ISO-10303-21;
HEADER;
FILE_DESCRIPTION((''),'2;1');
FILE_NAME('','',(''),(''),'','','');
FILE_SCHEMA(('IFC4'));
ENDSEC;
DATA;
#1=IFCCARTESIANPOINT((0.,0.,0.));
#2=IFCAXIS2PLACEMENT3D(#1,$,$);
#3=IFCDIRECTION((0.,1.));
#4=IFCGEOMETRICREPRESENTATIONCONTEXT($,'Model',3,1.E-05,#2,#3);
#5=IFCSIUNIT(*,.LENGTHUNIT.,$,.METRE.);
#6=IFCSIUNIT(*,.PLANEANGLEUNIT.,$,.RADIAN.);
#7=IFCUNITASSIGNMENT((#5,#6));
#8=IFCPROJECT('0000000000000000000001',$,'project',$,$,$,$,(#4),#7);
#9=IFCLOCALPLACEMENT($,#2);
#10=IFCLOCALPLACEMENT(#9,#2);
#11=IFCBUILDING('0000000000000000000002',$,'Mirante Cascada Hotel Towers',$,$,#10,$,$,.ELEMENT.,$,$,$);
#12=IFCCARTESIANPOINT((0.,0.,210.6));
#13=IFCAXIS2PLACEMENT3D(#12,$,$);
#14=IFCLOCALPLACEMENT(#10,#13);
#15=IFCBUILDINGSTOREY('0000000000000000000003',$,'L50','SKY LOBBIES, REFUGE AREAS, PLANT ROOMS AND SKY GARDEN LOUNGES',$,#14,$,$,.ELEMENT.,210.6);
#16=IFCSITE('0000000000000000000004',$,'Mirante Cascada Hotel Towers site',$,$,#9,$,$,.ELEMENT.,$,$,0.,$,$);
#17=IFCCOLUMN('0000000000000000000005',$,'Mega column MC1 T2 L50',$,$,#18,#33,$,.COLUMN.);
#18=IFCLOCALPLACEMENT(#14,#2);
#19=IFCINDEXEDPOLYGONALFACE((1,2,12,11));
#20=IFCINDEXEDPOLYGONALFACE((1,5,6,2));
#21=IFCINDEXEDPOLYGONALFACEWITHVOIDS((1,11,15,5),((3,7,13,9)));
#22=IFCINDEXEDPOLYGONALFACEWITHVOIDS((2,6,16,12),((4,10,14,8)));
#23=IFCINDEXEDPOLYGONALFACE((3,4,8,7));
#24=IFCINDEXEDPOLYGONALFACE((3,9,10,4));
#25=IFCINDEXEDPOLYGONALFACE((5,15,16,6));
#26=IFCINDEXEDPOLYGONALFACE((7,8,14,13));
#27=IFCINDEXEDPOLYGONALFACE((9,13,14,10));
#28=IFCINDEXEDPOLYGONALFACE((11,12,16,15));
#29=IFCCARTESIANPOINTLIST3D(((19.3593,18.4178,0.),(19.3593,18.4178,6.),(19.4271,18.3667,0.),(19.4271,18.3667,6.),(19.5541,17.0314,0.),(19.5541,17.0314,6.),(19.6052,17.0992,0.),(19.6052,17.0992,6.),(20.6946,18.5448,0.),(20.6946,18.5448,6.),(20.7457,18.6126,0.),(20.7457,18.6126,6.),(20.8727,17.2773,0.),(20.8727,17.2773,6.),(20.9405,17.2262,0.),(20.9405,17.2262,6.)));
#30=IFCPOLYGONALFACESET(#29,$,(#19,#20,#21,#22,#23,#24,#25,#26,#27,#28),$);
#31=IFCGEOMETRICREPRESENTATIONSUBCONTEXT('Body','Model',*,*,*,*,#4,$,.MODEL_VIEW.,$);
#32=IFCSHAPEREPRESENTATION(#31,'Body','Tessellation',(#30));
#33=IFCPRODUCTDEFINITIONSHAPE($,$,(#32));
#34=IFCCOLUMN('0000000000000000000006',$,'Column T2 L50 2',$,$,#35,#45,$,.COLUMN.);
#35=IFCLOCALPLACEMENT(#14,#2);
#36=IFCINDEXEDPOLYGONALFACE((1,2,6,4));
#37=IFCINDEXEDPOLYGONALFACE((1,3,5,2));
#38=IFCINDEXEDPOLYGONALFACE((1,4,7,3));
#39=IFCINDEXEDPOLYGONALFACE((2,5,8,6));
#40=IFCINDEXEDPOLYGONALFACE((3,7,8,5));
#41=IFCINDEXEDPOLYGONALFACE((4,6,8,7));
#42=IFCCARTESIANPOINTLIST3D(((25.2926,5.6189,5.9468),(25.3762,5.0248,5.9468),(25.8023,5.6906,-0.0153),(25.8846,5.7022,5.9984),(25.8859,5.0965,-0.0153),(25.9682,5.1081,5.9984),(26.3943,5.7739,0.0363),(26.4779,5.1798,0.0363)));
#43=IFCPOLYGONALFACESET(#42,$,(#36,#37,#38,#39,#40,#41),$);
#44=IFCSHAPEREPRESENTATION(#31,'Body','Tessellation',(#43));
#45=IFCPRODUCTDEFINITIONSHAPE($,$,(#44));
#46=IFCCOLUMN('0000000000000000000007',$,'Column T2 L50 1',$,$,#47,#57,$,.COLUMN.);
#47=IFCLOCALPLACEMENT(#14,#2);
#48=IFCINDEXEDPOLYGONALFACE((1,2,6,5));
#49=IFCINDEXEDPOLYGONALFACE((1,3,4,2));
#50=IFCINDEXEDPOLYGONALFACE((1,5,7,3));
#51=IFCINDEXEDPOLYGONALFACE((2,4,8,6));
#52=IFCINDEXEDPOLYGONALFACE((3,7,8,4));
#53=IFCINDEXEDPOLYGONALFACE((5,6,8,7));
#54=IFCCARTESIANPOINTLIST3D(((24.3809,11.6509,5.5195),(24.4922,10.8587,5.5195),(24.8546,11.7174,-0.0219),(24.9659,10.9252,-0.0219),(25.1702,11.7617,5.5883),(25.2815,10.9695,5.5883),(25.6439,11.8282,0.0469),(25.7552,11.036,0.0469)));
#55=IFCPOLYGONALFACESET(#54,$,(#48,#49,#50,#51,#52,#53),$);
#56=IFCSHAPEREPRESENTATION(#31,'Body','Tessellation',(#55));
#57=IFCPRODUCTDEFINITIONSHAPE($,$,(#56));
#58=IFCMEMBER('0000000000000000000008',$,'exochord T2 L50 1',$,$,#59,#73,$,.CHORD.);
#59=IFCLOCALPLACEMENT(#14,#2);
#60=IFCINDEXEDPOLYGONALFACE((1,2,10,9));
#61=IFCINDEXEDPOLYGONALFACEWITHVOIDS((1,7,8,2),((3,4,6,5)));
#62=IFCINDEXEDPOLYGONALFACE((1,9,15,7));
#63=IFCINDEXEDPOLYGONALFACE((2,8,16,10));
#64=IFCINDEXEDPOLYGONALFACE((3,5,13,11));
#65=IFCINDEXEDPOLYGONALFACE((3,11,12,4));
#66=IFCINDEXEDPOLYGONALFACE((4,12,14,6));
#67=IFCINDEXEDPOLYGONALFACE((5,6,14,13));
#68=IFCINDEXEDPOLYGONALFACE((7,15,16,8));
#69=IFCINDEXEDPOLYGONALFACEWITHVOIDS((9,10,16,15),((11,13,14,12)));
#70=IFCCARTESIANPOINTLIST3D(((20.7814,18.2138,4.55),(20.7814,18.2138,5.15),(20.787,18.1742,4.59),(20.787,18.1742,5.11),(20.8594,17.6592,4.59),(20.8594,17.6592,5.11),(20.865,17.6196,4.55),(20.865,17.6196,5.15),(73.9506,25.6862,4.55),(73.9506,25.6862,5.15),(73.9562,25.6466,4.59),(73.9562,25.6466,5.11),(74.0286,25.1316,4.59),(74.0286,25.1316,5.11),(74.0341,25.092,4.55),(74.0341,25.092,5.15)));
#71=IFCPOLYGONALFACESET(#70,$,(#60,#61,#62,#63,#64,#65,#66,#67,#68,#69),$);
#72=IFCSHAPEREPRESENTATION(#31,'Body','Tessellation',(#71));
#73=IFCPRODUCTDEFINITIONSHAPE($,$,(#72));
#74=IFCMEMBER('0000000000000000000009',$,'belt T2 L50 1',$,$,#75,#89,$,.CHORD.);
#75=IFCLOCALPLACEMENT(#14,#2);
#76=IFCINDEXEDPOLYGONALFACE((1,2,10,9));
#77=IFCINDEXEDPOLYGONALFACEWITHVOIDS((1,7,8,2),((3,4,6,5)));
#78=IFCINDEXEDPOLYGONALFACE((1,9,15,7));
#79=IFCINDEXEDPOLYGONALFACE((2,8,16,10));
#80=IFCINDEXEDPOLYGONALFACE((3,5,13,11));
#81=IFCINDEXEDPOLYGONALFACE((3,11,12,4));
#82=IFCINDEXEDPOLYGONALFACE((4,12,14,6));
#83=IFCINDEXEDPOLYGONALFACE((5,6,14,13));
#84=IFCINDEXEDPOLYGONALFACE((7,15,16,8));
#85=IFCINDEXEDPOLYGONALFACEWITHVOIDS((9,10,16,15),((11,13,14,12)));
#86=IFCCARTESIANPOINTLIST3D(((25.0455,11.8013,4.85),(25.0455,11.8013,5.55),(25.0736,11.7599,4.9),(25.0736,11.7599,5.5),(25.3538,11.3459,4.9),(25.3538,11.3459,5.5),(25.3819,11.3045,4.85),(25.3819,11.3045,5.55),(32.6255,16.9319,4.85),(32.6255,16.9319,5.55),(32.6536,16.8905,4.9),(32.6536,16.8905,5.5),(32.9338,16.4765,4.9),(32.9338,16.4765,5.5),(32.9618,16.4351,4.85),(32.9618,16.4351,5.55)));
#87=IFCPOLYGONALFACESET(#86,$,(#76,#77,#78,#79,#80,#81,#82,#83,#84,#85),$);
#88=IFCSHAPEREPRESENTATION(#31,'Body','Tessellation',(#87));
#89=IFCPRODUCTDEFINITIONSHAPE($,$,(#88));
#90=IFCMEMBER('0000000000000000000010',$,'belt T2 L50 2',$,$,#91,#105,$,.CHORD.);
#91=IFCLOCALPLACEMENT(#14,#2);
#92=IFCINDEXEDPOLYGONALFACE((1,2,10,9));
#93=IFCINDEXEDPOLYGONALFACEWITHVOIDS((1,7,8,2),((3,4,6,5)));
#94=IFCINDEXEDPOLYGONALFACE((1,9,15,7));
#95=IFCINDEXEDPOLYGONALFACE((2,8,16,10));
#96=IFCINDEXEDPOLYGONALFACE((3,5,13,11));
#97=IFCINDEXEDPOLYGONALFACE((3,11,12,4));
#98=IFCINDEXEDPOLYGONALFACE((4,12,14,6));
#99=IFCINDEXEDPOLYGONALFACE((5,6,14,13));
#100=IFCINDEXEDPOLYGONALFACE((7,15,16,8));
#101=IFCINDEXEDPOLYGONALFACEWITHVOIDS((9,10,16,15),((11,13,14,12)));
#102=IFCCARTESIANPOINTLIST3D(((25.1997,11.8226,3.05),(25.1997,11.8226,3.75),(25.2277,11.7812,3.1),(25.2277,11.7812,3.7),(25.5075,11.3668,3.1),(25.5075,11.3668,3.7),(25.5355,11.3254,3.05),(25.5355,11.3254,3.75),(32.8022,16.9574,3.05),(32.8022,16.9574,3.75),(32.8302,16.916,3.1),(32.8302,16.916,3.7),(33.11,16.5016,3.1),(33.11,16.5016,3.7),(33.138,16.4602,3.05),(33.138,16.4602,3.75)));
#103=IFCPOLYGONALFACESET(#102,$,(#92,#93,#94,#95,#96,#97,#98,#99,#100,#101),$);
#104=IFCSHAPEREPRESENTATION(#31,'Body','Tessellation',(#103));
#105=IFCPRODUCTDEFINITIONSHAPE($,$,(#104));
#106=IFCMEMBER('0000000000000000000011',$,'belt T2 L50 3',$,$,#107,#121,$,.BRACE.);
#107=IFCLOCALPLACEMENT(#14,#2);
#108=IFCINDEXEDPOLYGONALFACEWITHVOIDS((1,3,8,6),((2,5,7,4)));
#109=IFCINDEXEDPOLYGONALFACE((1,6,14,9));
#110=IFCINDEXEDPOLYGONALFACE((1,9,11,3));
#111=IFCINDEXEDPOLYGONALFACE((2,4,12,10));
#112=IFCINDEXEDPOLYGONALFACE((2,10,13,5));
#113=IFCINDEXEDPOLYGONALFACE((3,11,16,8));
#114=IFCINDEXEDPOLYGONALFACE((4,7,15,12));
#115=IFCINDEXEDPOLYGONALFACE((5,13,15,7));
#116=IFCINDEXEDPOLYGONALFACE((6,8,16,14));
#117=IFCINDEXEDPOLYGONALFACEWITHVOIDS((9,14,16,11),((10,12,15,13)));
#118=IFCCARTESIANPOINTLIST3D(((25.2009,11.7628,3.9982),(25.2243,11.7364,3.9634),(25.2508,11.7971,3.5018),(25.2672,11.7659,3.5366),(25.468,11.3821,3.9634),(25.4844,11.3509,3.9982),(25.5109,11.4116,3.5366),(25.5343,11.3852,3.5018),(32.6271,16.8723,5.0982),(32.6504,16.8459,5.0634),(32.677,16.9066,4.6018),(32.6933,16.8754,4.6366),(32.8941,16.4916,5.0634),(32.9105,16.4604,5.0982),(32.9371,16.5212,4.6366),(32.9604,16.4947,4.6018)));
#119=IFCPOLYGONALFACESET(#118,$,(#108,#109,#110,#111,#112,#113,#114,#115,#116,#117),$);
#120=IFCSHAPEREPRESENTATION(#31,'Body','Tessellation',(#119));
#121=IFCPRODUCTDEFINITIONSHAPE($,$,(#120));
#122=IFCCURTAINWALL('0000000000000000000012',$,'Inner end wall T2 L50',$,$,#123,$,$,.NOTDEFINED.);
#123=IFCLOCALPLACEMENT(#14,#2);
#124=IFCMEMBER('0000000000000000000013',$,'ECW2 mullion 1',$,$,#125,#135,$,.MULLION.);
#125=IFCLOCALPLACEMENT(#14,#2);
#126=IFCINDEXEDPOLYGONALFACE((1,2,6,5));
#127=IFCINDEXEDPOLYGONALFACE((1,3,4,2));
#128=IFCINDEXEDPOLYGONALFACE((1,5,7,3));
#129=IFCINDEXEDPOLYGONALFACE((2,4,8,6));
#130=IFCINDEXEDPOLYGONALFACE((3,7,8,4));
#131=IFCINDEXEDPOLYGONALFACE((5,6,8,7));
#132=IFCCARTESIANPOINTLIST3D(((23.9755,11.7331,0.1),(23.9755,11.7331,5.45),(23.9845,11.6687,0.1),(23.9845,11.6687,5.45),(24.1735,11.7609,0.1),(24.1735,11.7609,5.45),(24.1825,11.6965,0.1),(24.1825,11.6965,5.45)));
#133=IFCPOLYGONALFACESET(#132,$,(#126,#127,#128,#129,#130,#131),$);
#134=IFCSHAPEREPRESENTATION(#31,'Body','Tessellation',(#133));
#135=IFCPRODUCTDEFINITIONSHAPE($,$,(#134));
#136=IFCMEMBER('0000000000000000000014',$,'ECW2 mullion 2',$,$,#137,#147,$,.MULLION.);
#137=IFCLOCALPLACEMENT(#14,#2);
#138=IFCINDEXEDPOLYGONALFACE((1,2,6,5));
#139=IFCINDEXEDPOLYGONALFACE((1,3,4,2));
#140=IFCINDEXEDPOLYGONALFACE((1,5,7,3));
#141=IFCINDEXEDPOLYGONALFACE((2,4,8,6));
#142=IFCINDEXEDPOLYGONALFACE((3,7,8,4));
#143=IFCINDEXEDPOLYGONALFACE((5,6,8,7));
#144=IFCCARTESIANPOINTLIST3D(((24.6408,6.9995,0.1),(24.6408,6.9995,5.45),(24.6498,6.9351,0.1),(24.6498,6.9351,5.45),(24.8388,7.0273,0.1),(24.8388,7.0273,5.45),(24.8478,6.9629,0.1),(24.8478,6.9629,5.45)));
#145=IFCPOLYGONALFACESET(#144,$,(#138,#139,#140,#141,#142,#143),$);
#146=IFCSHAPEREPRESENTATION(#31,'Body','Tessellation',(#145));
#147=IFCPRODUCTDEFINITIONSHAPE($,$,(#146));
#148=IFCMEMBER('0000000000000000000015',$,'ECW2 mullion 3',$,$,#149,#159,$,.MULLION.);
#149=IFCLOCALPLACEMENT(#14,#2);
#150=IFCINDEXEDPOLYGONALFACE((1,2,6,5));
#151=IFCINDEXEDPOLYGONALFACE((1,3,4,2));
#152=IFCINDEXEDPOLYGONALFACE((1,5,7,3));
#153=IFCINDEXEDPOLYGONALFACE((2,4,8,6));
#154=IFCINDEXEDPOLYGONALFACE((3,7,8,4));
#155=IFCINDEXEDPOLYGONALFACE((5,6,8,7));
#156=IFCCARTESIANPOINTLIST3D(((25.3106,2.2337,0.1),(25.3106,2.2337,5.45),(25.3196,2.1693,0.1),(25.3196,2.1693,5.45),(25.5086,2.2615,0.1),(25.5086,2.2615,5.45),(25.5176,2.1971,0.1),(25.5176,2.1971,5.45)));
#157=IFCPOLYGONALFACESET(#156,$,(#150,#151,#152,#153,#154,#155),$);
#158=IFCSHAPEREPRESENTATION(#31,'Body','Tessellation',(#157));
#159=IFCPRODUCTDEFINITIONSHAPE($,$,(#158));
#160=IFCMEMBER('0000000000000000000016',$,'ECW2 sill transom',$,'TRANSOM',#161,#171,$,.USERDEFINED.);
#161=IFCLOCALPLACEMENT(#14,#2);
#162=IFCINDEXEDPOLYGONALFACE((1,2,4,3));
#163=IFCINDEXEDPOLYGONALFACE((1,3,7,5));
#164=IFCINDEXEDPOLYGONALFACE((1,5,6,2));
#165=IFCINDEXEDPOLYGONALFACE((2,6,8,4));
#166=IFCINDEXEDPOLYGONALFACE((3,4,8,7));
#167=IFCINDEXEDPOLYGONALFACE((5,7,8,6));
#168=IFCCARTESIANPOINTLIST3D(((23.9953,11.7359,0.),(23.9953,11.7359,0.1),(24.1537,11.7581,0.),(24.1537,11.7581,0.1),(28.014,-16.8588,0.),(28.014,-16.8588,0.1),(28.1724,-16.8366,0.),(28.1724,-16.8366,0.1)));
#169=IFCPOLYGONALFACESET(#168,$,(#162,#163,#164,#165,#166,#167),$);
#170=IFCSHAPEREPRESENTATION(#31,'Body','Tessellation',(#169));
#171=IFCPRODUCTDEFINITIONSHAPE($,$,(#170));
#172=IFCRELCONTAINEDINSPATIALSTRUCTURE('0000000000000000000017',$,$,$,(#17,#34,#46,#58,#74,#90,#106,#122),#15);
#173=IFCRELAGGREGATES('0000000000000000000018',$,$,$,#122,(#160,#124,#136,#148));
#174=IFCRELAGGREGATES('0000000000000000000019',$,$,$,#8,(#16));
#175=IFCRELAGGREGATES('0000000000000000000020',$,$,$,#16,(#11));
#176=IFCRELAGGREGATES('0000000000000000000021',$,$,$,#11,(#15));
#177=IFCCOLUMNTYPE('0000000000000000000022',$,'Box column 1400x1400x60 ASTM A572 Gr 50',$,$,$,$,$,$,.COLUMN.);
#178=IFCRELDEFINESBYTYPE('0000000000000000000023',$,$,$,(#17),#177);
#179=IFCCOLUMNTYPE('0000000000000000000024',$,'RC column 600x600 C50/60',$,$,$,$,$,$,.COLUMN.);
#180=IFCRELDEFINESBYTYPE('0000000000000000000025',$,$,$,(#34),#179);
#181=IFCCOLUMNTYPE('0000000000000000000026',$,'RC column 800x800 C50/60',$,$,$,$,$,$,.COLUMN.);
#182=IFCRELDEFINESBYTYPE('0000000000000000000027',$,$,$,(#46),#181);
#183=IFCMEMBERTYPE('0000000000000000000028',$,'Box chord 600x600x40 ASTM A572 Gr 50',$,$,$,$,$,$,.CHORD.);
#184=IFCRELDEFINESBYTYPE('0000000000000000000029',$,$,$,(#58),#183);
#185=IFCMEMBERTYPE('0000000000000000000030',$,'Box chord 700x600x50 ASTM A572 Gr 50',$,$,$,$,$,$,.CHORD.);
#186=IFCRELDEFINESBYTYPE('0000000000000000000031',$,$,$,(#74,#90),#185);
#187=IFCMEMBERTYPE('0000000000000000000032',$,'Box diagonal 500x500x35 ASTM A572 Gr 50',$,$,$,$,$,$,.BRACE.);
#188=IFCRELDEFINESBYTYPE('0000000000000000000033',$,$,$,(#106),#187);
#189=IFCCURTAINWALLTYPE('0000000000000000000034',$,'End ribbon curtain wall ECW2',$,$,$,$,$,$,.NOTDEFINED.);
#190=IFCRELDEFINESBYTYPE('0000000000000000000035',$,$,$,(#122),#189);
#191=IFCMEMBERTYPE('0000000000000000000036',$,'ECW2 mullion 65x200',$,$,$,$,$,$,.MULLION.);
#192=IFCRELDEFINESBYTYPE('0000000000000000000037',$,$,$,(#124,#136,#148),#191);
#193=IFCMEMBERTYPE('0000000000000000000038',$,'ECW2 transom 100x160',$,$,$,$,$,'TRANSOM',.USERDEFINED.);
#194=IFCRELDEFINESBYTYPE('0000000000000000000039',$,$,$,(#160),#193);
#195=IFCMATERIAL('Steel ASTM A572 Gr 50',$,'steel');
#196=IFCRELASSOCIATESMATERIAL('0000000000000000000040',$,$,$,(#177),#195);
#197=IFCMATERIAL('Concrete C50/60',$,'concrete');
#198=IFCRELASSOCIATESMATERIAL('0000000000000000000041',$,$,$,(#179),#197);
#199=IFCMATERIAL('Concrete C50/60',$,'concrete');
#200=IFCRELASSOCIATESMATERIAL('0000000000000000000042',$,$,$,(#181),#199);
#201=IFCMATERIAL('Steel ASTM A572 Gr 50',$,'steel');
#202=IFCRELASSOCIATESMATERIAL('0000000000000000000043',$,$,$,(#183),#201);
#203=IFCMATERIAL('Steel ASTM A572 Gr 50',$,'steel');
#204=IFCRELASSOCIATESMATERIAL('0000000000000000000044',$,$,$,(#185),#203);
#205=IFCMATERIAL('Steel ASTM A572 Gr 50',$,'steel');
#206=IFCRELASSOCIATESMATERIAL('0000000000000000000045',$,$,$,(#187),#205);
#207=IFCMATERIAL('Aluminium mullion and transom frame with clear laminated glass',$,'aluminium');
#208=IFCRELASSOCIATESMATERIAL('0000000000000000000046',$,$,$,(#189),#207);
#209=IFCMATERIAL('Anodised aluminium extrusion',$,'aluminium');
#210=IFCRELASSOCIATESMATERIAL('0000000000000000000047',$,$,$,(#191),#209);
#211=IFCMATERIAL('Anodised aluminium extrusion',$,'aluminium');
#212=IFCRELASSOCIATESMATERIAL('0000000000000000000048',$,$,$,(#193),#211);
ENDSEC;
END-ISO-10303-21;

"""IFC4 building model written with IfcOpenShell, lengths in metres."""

from ifc_helpers import new_model, si_unit, direction, frame, origin, origin_2d, place, context, subcontext, project, spatial, rectangle, hollow_rectangle, extrude, material, material_profile, profile_set, type_object, element, aggregate, save


model = new_model("IFC4")

# Units and contexts
model_context = context("Model", 3, precision=1e-05, world=origin(), true_north=direction((0.0, 1.0)))
body_context = subcontext(model_context, "Body", "Model", "MODEL_VIEW")
ifc_project = project(units=[si_unit("LENGTHUNIT", "METRE"), si_unit("PLANEANGLEUNIT", "RADIAN")], contexts=[model_context])

# Site, building, storey
site_placement = place(None, origin())
site = spatial("IfcSite", under=ifc_project, at=site_placement, Name="Mirante Cascada Hotel Towers site", CompositionType="ELEMENT", RefElevation=0.0)
building_placement = place(site_placement, origin())
building = spatial("IfcBuilding", under=site, at=building_placement, Name="Mirante Cascada Hotel Towers", CompositionType="ELEMENT")
storey_placement = place(building_placement, frame((0.0, 0.0, 210.6)))
storey = spatial("IfcBuildingStorey", under=building, at=storey_placement, Name="L50", Description="SKY LOBBIES, REFUGE AREAS, PLANT ROOMS AND SKY GARDEN LOUNGES", CompositionType="ELEMENT", Elevation=210.6)

# Columns
ifc_material_1 = material(Name="Steel ASTM A572 Gr 50", Category="steel")
ifc_material_profile_1 = material_profile(ifc_material_1, hollow_rectangle(XDim=1.4, YDim=1.4, WallThickness=0.06, at=origin_2d()), Name="Box column 1400x1400x60 ASTM A572 Gr 50")
ifc_profile_set_1 = profile_set([ifc_material_profile_1], Name="Steel ASTM A572 Gr 50")
column_type_1 = type_object("IfcColumnType", Name="Box column 1400x1400x60 ASTM A572 Gr 50", PredefinedType="COLUMN", material=ifc_profile_set_1)
column_1_placement = place(storey_placement, frame((20.1499, 17.822, 0.0), z_axis=(0.0, 0.0, 1.0), x_axis=(0.990268, 0.139173, 0.0)))
element("IfcColumn", 1, at=column_1_placement, inside=storey, type_object=column_type_1, Name="Mega column MC1 T2 L50", PredefinedType="COLUMN", context=body_context, shape_type="SweptSolid", body=[
    extrude(hollow_rectangle(XDim=1.4, YDim=1.4, WallThickness=0.06, at=origin_2d()), origin(), (0.0, 0.0, 1.0), 6.0),
])
ifc_material_2 = material(Name="Concrete C50/60", Category="concrete")
ifc_material_profile_2 = material_profile(ifc_material_2, rectangle(XDim=0.6, YDim=0.6, at=origin_2d()), Name="RC column 600x600 C50/60")
ifc_profile_set_2 = profile_set([ifc_material_profile_2], Name="Concrete C50/60")
column_type_2 = type_object("IfcColumnType", Name="RC column 600x600 C50/60", PredefinedType="COLUMN", material=ifc_profile_set_2)
column_2_placement = place(storey_placement, frame((26.1401, 5.4352, 0.0105), z_axis=(-0.085173, -0.011981, 0.996294), x_axis=(0.139299, -0.99025, 0.0)))
element("IfcColumn", 2, at=column_2_placement, inside=storey, type_object=column_type_2, Name="Column T2 L50 2", PredefinedType="COLUMN", context=body_context, shape_type="SweptSolid", body=[
    extrude(rectangle(XDim=0.6, YDim=0.6, at=origin_2d()), origin(), (0.0, 0.0, 1.0), 5.9843),
])
ifc_material_3 = material(Name="Concrete C50/60", Category="concrete")
ifc_material_profile_3 = material_profile(ifc_material_3, rectangle(XDim=0.8, YDim=0.8, at=origin_2d()), Name="RC column 800x800 C50/60")
ifc_profile_set_3 = profile_set([ifc_material_profile_3], Name="Concrete C50/60")
column_type_3 = type_object("IfcColumnType", Name="RC column 800x800 C50/60", PredefinedType="COLUMN", material=ifc_profile_set_3)
column_3_placement = place(storey_placement, frame((25.3049, 11.3767, 0.0125), z_axis=(-0.085167, -0.011956, 0.996295), x_axis=(0.139021, -0.990289, 0.0)))
element("IfcColumn", 3, at=column_3_placement, inside=storey, type_object=column_type_3, Name="Column T2 L50 1", PredefinedType="COLUMN", context=body_context, shape_type="SweptSolid", body=[
    extrude(rectangle(XDim=0.8, YDim=0.8, at=origin_2d()), origin(), (0.0, 0.0, 1.0), 5.562),
])

# Members
ifc_material_4 = material(Name="Steel ASTM A572 Gr 50", Category="steel")
ifc_material_profile_4 = material_profile(ifc_material_4, hollow_rectangle(XDim=0.6, YDim=0.6, WallThickness=0.04, at=origin_2d()), Name="Box chord 600x600x40 ASTM A572 Gr 50")
ifc_profile_set_4 = profile_set([ifc_material_profile_4], Name="Steel ASTM A572 Gr 50")
member_type_1 = type_object("IfcMemberType", Name="Box chord 600x600x40 ASTM A572 Gr 50", PredefinedType="CHORD", material=ifc_profile_set_4)
member_1_placement = place(storey_placement, frame((20.8232, 17.9167, 4.85), z_axis=(0.990268, 0.139172, 0.0), x_axis=(-0.139172, 0.990268, 0.0)))
element("IfcMember", 4, at=member_1_placement, inside=storey, type_object=member_type_1, Name="exochord T2 L50 1", PredefinedType="CHORD", context=body_context, shape_type="SweptSolid", body=[
    extrude(hollow_rectangle(XDim=0.6, YDim=0.6, WallThickness=0.04, at=origin_2d()), origin(), (0.0, 0.0, 1.0), 53.6917),
])
ifc_material_5 = material(Name="Steel ASTM A572 Gr 50", Category="steel")
ifc_material_profile_5 = material_profile(ifc_material_5, hollow_rectangle(XDim=0.6, YDim=0.7, WallThickness=0.05, at=origin_2d()), Name="Box chord 700x600x50 ASTM A572 Gr 50")
ifc_profile_set_5 = profile_set([ifc_material_profile_5], Name="Steel ASTM A572 Gr 50")
member_type_2 = type_object("IfcMemberType", Name="Box chord 700x600x50 ASTM A572 Gr 50", PredefinedType="CHORD", material=ifc_profile_set_5)
member_2_placement = place(storey_placement, frame((25.2137, 11.5529, 5.2), z_axis=(0.828134, 0.560531, 0.0), x_axis=(-0.560531, 0.828134, 0.0)))
element("IfcMember", 5, at=member_2_placement, inside=storey, type_object=member_type_2, Name="belt T2 L50 1", PredefinedType="CHORD", context=body_context, shape_type="SweptSolid", body=[
    extrude(hollow_rectangle(XDim=0.6, YDim=0.7, WallThickness=0.05, at=origin_2d()), origin(), (0.0, 0.0, 1.0), 9.1531),
])
member_3_placement = place(storey_placement, frame((25.3676, 11.574, 3.4), z_axis=(0.828691, 0.559706, 0.0), x_axis=(-0.559706, 0.828691, 0.0)))
element("IfcMember", 6, at=member_3_placement, inside=storey, type_object=member_type_2, Name="belt T2 L50 2", PredefinedType="CHORD", context=body_context, shape_type="SweptSolid", body=[
    extrude(hollow_rectangle(XDim=0.6, YDim=0.7, WallThickness=0.05, at=origin_2d()), origin(), (0.0, 0.0, 1.0), 9.1741),
])
ifc_material_6 = material(Name="Steel ASTM A572 Gr 50", Category="steel")
ifc_material_profile_6 = material_profile(ifc_material_6, hollow_rectangle(XDim=0.5, YDim=0.5, WallThickness=0.035, at=origin_2d()), Name="Box diagonal 500x500x35 ASTM A572 Gr 50")
ifc_profile_set_6 = profile_set([ifc_material_profile_6], Name="Steel ASTM A572 Gr 50")
member_type_3 = type_object("IfcMemberType", Name="Box diagonal 500x500x35 ASTM A572 Gr 50", PredefinedType="BRACE", material=ifc_profile_set_6)
member_4_placement = place(storey_placement, frame((25.3676, 11.574, 3.75), z_axis=(0.817765, 0.56266, 0.121133), x_axis=(-0.566834, 0.823832, 0.0)))
element("IfcMember", 7, at=member_4_placement, inside=storey, type_object=member_type_3, Name="belt T2 L50 3", PredefinedType="BRACE", context=body_context, shape_type="SweptSolid", body=[
    extrude(hollow_rectangle(XDim=0.5, YDim=0.5, WallThickness=0.035, at=origin_2d()), origin(), (0.0, 0.0, 1.0), 9.081),
])

# Curtain wall, members
ifc_material_7 = material(Name="Aluminium mullion and transom frame with clear laminated glass", Category="aluminium")
curtain_wall_type = type_object("IfcCurtainWallType", Name="End ribbon curtain wall ECW2", PredefinedType="NOTDEFINED", material=ifc_material_7)
curtain_wall_placement = place(storey_placement, origin())
curtain_wall = element("IfcCurtainWall", 8, at=curtain_wall_placement, inside=storey, type_object=curtain_wall_type, Name="Inner end wall T2 L50", PredefinedType="NOTDEFINED")
ifc_material_8 = material(Name="Anodised aluminium extrusion", Category="aluminium")
ifc_material_profile_7 = material_profile(ifc_material_8, rectangle(XDim=0.2, YDim=0.065, at=origin_2d()), Name="ECW2 MULLION 65x200")
ifc_profile_set_7 = profile_set([ifc_material_profile_7], Name="Anodised aluminium extrusion")
member_type_4 = type_object("IfcMemberType", Name="ECW2 mullion 65x200", PredefinedType="MULLION", material=ifc_profile_set_7)
member_5_placement = place(storey_placement, frame((24.079, 11.7148, 0.1), z_axis=(0.0, 0.0, 1.0), x_axis=(0.990268, 0.139173, 0.0)))
member_5 = element("IfcMember", 9, at=member_5_placement, type_object=member_type_4, Name="ECW2 mullion 1", PredefinedType="MULLION", context=body_context, shape_type="SweptSolid", body=[
    extrude(rectangle(XDim=0.2, YDim=0.065, at=origin_2d()), origin(), (0.0, 0.0, 1.0), 5.35),
])
member_6_placement = place(storey_placement, frame((24.7443, 6.9812, 0.1), z_axis=(0.0, 0.0, 1.0), x_axis=(0.990268, 0.139173, 0.0)))
member_6 = element("IfcMember", 10, at=member_6_placement, type_object=member_type_4, Name="ECW2 mullion 2", PredefinedType="MULLION", context=body_context, shape_type="SweptSolid", body=[
    extrude(rectangle(XDim=0.2, YDim=0.065, at=origin_2d()), origin(), (0.0, 0.0, 1.0), 5.35),
])
member_7_placement = place(storey_placement, frame((25.4141, 2.2154, 0.1), z_axis=(0.0, 0.0, 1.0), x_axis=(0.990268, 0.139173, 0.0)))
member_7 = element("IfcMember", 11, at=member_7_placement, type_object=member_type_4, Name="ECW2 mullion 3", PredefinedType="MULLION", context=body_context, shape_type="SweptSolid", body=[
    extrude(rectangle(XDim=0.2, YDim=0.065, at=origin_2d()), origin(), (0.0, 0.0, 1.0), 5.35),
])
ifc_material_9 = material(Name="Anodised aluminium extrusion", Category="aluminium")
ifc_material_profile_8 = material_profile(ifc_material_9, rectangle(XDim=0.16, YDim=0.1, at=origin_2d()), Name="ECW2 TRANSOM 100x160")
ifc_profile_set_8 = profile_set([ifc_material_profile_8], Name="Anodised aluminium extrusion")
member_type_5 = type_object("IfcMemberType", Name="ECW2 transom 100x160", ElementType="TRANSOM", PredefinedType="USERDEFINED", material=ifc_profile_set_8)
member_8_placement = place(storey_placement, frame((24.0745, 11.747, 0.05), z_axis=(0.139172, -0.990268, 0.0), x_axis=(0.990268, 0.139172, 0.0)))
member_8 = element("IfcMember", 12, at=member_8_placement, type_object=member_type_5, Name="ECW2 sill transom", ObjectType="TRANSOM", PredefinedType="USERDEFINED", context=body_context, shape_type="SweptSolid", body=[
    extrude(rectangle(XDim=0.16, YDim=0.1, at=origin_2d()), origin(), (0.0, 0.0, 1.0), 28.8757),
])
aggregate(curtain_wall, [member_8, member_5, member_6, member_7])

save(model, "model.ifc")
